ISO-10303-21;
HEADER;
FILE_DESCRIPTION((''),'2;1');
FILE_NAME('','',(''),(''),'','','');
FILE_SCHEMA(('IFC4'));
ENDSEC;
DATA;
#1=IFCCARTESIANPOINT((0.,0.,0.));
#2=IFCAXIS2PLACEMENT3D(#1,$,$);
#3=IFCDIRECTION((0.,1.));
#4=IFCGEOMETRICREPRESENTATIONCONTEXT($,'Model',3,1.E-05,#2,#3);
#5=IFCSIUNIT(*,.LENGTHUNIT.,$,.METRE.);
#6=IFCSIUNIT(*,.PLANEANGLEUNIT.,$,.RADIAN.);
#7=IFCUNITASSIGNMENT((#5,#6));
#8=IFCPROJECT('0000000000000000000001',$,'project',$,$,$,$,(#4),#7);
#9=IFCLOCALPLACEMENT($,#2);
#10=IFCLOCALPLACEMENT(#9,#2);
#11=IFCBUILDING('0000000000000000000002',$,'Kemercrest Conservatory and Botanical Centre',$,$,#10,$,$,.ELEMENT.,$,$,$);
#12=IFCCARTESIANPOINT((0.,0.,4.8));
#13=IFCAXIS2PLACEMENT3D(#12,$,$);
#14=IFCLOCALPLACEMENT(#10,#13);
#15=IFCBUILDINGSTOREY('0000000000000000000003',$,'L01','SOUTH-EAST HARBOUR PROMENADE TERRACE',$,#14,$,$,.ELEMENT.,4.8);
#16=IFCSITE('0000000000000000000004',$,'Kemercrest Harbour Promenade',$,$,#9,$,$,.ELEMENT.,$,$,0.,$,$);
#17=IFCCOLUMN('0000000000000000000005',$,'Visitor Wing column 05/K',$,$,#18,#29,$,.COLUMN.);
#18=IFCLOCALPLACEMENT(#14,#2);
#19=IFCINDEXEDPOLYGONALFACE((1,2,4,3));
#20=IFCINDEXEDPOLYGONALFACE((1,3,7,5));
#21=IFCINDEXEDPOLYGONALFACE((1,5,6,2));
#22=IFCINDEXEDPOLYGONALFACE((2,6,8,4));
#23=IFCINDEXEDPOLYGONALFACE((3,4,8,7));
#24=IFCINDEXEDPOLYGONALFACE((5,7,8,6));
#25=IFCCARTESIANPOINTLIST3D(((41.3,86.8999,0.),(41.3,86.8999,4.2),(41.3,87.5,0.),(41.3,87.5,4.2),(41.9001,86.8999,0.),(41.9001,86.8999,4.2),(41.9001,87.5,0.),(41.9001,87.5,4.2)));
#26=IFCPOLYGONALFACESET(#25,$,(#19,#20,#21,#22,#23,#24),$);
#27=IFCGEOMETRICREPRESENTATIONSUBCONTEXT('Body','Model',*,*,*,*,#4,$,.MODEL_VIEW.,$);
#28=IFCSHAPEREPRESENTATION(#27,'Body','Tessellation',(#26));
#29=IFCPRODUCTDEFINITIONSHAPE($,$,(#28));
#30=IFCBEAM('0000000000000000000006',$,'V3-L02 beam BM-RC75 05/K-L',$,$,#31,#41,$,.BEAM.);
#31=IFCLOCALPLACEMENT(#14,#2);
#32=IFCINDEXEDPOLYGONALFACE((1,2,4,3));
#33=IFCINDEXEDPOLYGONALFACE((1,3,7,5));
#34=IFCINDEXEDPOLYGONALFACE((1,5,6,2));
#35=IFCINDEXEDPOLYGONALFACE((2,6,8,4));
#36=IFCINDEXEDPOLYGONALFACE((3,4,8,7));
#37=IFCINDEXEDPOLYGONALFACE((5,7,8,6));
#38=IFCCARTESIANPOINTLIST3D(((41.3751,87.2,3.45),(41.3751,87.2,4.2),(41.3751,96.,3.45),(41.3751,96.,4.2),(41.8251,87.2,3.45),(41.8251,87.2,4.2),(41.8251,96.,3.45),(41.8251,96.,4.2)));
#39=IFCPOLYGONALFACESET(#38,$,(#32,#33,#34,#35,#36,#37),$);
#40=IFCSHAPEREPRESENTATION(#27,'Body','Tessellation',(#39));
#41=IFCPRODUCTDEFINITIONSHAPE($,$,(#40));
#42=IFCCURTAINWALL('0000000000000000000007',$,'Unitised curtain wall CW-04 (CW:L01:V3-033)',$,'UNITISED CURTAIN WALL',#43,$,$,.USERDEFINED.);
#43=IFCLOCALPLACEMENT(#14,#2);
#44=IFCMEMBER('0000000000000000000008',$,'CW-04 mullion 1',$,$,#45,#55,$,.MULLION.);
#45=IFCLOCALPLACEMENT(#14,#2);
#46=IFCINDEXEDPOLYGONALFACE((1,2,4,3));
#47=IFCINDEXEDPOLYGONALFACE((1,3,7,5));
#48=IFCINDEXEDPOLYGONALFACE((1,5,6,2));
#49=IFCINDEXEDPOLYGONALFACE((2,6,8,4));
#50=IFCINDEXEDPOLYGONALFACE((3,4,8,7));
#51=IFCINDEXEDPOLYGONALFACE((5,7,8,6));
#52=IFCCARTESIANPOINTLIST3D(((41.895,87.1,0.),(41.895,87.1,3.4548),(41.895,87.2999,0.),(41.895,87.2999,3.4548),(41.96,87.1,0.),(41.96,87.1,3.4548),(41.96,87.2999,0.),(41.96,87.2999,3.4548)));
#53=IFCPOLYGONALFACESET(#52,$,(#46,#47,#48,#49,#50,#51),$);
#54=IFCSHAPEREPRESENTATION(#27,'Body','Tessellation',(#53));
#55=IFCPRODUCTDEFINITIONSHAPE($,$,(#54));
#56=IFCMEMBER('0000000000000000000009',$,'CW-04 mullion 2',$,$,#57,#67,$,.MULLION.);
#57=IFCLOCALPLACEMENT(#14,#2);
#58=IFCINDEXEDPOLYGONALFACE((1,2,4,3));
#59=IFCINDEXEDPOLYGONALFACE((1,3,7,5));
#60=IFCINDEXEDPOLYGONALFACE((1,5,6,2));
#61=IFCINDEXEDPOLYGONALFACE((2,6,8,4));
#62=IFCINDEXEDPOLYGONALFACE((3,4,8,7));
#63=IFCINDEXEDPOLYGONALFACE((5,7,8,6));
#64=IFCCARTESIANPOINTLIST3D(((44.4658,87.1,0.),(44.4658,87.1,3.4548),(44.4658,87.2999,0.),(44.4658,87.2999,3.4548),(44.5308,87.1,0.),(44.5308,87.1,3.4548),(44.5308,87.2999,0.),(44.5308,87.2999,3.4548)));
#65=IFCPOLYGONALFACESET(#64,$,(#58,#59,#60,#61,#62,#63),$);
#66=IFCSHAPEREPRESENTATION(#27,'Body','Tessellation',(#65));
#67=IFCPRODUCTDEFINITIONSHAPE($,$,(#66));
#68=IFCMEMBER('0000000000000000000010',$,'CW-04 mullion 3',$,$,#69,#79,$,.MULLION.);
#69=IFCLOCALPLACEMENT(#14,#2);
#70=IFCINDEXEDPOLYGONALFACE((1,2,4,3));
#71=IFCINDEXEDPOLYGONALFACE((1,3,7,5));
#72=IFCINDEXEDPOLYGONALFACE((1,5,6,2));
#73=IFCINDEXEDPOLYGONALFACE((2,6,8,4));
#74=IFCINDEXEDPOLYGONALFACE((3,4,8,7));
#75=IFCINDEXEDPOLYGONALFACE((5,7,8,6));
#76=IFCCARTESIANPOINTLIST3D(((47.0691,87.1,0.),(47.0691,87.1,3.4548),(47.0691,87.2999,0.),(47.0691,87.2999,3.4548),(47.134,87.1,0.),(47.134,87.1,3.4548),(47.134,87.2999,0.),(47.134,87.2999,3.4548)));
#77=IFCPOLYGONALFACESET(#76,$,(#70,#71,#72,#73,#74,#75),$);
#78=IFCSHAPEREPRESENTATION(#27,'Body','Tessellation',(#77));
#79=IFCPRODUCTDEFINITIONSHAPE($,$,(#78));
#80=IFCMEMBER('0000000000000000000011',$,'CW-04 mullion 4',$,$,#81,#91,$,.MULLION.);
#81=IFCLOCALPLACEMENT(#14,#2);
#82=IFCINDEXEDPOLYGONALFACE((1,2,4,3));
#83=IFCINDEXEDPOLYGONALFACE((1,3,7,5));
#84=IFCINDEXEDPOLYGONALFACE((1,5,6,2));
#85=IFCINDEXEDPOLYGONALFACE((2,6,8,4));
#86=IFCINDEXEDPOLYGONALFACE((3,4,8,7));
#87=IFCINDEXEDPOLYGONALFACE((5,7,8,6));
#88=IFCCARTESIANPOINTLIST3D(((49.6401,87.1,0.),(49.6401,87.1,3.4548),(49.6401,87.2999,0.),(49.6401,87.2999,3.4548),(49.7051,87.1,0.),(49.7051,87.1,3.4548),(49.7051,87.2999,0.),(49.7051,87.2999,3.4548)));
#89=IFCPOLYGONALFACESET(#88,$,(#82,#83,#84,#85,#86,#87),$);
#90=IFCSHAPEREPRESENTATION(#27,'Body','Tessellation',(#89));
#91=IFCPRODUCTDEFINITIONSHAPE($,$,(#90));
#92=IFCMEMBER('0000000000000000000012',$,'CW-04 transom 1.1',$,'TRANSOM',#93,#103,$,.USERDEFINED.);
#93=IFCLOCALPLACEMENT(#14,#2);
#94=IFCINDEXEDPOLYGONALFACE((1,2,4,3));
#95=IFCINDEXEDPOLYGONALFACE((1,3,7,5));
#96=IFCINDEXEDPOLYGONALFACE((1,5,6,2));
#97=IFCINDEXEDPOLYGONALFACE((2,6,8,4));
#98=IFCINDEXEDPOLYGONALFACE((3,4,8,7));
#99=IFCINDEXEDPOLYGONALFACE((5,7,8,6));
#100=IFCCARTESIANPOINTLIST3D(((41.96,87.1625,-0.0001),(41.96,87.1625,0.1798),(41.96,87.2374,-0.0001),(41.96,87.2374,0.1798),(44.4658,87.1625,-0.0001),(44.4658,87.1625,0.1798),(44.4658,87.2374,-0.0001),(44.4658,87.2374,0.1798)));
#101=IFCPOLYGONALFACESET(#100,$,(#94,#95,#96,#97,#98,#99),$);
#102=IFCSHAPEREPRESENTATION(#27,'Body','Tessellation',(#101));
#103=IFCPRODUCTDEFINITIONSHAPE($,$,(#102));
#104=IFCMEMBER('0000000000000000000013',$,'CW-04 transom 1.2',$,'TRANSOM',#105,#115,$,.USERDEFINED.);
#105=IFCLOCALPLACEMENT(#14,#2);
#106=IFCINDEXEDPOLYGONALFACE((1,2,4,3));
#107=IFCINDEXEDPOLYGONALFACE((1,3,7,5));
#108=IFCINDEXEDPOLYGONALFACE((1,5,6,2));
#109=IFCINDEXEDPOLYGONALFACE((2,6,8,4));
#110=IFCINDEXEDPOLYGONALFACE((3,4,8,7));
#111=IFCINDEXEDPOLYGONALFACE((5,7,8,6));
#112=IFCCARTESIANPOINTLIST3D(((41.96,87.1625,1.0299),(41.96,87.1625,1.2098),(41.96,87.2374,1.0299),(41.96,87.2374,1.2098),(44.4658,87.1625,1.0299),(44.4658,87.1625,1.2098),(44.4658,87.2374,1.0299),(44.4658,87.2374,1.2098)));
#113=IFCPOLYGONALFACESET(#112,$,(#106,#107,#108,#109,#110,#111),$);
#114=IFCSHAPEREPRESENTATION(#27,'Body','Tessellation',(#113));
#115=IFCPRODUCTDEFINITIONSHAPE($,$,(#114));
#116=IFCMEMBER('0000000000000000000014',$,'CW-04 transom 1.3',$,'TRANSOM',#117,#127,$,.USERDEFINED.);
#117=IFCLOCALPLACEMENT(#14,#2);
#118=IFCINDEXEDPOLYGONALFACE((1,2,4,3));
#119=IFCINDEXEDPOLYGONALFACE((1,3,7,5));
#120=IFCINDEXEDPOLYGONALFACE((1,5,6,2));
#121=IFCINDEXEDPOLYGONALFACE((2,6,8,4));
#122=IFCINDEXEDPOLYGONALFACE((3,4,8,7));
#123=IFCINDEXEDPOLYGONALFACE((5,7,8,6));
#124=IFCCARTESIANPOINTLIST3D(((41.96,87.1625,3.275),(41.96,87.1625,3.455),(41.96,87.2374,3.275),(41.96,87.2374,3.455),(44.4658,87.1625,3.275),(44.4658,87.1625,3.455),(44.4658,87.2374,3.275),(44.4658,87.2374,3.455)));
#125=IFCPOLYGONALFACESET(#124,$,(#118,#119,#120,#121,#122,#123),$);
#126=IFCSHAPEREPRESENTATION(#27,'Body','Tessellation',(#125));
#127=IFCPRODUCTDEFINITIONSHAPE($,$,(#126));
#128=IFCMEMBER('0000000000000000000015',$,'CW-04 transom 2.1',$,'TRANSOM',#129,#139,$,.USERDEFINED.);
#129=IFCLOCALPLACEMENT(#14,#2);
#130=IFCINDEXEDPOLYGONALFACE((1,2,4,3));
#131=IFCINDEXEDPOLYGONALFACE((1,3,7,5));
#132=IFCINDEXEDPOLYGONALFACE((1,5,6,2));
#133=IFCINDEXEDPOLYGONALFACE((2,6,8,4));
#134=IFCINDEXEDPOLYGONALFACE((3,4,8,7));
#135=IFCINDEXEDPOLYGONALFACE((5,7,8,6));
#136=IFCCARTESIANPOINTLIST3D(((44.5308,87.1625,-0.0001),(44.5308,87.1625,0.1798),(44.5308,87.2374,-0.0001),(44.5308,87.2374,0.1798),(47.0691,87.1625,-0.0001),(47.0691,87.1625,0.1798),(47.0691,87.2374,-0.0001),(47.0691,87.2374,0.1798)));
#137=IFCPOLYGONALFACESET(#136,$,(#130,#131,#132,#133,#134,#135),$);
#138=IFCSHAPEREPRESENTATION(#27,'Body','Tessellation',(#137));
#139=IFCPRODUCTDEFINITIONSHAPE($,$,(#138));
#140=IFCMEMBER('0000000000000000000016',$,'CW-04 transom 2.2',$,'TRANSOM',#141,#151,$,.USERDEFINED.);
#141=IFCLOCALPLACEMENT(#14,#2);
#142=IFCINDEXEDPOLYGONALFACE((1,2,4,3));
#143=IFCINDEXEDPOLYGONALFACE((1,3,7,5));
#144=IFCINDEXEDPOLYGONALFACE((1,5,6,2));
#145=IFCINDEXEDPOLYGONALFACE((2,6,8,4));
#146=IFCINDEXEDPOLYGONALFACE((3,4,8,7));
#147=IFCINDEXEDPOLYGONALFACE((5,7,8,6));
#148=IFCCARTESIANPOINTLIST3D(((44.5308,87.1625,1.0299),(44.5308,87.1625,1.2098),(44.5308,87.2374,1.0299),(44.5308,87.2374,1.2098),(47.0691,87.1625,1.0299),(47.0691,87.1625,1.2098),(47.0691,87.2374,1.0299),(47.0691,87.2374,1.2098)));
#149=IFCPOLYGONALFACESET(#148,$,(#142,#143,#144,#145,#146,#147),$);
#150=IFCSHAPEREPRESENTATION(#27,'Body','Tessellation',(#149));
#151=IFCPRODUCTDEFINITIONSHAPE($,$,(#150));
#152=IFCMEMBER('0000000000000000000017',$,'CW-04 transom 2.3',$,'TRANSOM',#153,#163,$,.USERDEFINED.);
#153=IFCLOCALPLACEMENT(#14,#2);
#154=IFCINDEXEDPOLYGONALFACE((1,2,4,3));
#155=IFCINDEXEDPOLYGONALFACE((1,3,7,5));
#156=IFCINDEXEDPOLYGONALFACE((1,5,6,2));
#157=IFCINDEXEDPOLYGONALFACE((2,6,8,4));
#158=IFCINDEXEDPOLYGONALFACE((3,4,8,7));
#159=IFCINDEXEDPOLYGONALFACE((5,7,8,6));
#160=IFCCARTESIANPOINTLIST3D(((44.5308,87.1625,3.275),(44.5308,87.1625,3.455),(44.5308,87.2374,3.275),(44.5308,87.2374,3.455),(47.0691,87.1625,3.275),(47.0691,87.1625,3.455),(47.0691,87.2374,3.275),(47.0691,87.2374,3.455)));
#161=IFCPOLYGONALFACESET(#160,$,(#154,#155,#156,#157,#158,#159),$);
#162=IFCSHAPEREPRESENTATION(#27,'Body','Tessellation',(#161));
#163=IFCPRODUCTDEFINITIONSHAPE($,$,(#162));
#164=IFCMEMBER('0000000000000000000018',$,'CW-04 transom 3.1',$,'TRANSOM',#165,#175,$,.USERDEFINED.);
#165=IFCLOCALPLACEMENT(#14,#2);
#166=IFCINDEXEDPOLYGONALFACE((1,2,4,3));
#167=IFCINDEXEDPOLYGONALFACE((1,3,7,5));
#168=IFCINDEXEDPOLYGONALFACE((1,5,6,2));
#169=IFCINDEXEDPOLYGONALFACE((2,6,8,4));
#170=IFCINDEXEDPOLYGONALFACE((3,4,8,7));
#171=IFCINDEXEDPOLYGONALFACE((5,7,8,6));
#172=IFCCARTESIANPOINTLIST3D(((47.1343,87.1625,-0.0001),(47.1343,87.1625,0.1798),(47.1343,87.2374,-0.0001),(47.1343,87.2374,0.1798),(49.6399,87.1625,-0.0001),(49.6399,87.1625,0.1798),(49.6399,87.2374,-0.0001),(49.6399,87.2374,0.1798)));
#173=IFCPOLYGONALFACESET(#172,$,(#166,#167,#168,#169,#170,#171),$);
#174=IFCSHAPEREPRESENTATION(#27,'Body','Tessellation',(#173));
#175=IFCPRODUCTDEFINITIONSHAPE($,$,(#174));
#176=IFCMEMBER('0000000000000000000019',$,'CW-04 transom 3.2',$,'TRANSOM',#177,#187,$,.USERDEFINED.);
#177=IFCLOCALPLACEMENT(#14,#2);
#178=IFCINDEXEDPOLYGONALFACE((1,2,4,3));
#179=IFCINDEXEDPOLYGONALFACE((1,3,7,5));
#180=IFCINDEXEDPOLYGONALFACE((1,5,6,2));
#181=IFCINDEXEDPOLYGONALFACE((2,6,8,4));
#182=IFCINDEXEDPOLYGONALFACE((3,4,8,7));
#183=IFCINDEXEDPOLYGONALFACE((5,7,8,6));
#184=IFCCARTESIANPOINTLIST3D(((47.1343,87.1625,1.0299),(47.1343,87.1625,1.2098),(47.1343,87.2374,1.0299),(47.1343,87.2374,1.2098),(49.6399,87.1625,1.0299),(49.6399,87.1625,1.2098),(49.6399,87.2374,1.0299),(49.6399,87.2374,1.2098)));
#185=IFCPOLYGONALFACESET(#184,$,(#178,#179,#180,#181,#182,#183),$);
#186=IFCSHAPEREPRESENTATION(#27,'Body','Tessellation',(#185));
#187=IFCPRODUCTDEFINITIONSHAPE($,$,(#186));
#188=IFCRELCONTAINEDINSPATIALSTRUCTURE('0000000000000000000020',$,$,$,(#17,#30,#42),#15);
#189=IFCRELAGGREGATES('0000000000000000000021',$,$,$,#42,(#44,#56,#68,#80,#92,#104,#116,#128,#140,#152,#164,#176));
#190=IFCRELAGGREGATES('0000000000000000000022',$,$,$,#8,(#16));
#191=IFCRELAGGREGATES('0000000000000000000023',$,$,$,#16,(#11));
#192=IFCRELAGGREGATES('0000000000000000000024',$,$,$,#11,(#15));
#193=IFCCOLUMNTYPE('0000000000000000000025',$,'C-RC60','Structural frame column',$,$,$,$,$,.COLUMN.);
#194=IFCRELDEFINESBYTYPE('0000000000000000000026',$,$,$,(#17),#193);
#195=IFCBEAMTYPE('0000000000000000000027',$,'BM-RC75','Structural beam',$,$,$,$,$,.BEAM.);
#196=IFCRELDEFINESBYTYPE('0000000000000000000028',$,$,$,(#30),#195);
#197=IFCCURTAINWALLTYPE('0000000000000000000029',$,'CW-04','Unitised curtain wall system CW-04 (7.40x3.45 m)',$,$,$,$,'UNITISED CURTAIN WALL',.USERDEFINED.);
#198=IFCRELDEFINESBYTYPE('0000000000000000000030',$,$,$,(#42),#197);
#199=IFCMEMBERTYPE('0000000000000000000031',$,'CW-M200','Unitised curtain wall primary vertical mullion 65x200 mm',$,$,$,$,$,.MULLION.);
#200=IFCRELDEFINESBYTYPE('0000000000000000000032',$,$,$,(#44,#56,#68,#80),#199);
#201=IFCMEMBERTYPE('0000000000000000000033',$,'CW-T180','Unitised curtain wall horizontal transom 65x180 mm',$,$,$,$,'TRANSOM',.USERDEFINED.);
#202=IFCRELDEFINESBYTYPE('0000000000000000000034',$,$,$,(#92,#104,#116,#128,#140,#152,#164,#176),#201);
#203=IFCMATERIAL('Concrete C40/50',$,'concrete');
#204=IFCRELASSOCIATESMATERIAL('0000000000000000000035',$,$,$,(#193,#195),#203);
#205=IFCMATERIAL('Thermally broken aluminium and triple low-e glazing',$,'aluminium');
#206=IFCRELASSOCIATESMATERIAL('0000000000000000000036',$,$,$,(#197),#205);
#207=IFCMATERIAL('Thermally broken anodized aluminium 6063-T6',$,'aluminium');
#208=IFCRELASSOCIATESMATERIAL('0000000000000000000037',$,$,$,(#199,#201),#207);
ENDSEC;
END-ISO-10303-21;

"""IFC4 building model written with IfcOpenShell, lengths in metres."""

from ifc_helpers import new_model, si_unit, direction, frame, origin, origin_2d, place, context, subcontext, project, spatial, rectangle, extrude, material, material_profile, profile_set, type_object, element, aggregate, save


model = new_model("IFC4")

# Units and contexts
model_context = context("Model", 3, precision=1e-05, world=origin(), true_north=direction((0.0, 1.0)))
body_context = subcontext(model_context, "Body", "Model", "MODEL_VIEW")
ifc_project = project(units=[si_unit("LENGTHUNIT", "METRE"), si_unit("PLANEANGLEUNIT", "RADIAN")], contexts=[model_context])

# Site, building, storey
site_placement = place(None, origin())
site = spatial("IfcSite", under=ifc_project, at=site_placement, Name="Kemercrest Harbour Promenade", CompositionType="ELEMENT", RefElevation=0.0)
building_placement = place(site_placement, origin())
building = spatial("IfcBuilding", under=site, at=building_placement, Name="Kemercrest Conservatory and Botanical Centre", CompositionType="ELEMENT")
storey_placement = place(building_placement, frame((0.0, 0.0, 4.8)))
storey = spatial("IfcBuildingStorey", under=building, at=storey_placement, Name="L01", Description="SOUTH-EAST HARBOUR PROMENADE TERRACE", CompositionType="ELEMENT", Elevation=4.8)

# Column
ifc_material_1 = material(Name="Concrete C40/50", Category="concrete")
ifc_material_profile_1 = material_profile(ifc_material_1, rectangle(XDim=0.6001, YDim=0.6001, at=origin_2d()), Name="RC 600x600")
ifc_profile_set_1 = profile_set([ifc_material_profile_1], Name="Concrete C40/50")
column_type = type_object("IfcColumnType", Name="C-RC60", Description="Structural frame column", PredefinedType="COLUMN", material=ifc_profile_set_1)
column_placement = place(storey_placement, frame((41.6001, 87.2, 0.0), z_axis=(0.0, 0.0, 1.0), x_axis=(1.0, 0.0, 0.0)))
element("IfcColumn", 1, at=column_placement, inside=storey, type_object=column_type, Name="Visitor Wing column 05/K", PredefinedType="COLUMN", context=body_context, shape_type="SweptSolid", body=[
    extrude(rectangle(XDim=0.6001, YDim=0.6001, at=origin_2d()), origin(), (0.0, 0.0, 1.0), 4.2),
])

# Beam
ifc_material_profile_2 = material_profile(ifc_material_1, rectangle(XDim=0.45, YDim=0.75, at=origin_2d()), Name="RC 450x750")
ifc_profile_set_2 = profile_set([ifc_material_profile_2], Name="Concrete C40/50")
beam_type_1 = type_object("IfcBeamType", Name="BM-RC75", Description="Structural beam", PredefinedType="BEAM", material=ifc_profile_set_2)
beam_1_placement = place(storey_placement, frame((41.6001, 87.2, 3.825), z_axis=(0.0, 1.0, 0.0), x_axis=(-1.0, 0.0, 0.0)))
element("IfcBeam", 2, at=beam_1_placement, inside=storey, type_object=beam_type_1, Name="V3-L02 beam BM-RC75 05/K-L", PredefinedType="BEAM", context=body_context, shape_type="SweptSolid", body=[
    extrude(rectangle(XDim=0.45, YDim=0.75, at=origin_2d()), origin(), (0.0, 0.0, 1.0), 8.8),
])

# Curtain wall, members
ifc_material_2 = material(Name="Thermally broken aluminium and triple low-e glazing", Category="aluminium")
curtain_wall_type = type_object("IfcCurtainWallType", Name="CW-04", Description="Unitised curtain wall system CW-04 (7.40x3.45 m)", ElementType="UNITISED CURTAIN WALL", PredefinedType="USERDEFINED", material=ifc_material_2)
curtain_wall_placement = place(storey_placement, origin())
curtain_wall = element("IfcCurtainWall", 3, at=curtain_wall_placement, inside=storey, type_object=curtain_wall_type, Name="Unitised curtain wall CW-04 (CW:L01:V3-033)", ObjectType="UNITISED CURTAIN WALL", PredefinedType="USERDEFINED")
ifc_material_3 = material(Name="Thermally broken anodized aluminium 6063-T6", Category="aluminium")
ifc_material_profile_3 = material_profile(ifc_material_3, rectangle(XDim=0.2, YDim=0.0649, at=origin_2d()), Name="AL MULLION 65x200")
ifc_profile_set_3 = profile_set([ifc_material_profile_3], Name="Thermally broken anodized aluminium 6063-T6")
member_type_1 = type_object("IfcMemberType", Name="CW-M200", Description="Unitised curtain wall primary vertical mullion 65x200 mm", PredefinedType="MULLION", material=ifc_profile_set_3)
member_1_placement = place(storey_placement, frame((41.9275, 87.2, 0.0), z_axis=(0.0, 0.0, 1.0), x_axis=(0.0, 1.0, 0.0)))
member_1 = element("IfcMember", 4, at=member_1_placement, type_object=member_type_1, Name="CW-04 mullion 1", PredefinedType="MULLION", context=body_context, shape_type="SweptSolid", body=[
    extrude(rectangle(XDim=0.2, YDim=0.0649, at=origin_2d()), origin(), (0.0, 0.0, 1.0), 3.4548),
])
member_2_placement = place(storey_placement, frame((44.4983, 87.2, 0.0), z_axis=(0.0, 0.0, 1.0), x_axis=(0.0, 1.0, 0.0)))
member_2 = element("IfcMember", 5, at=member_2_placement, type_object=member_type_1, Name="CW-04 mullion 2", PredefinedType="MULLION", context=body_context, shape_type="SweptSolid", body=[
    extrude(rectangle(XDim=0.2, YDim=0.0649, at=origin_2d()), origin(), (0.0, 0.0, 1.0), 3.4548),
])
member_3_placement = place(storey_placement, frame((47.1016, 87.2, 0.0), z_axis=(0.0, 0.0, 1.0), x_axis=(0.0, 1.0, 0.0)))
member_3 = element("IfcMember", 6, at=member_3_placement, type_object=member_type_1, Name="CW-04 mullion 3", PredefinedType="MULLION", context=body_context, shape_type="SweptSolid", body=[
    extrude(rectangle(XDim=0.2, YDim=0.0649, at=origin_2d()), origin(), (0.0, 0.0, 1.0), 3.4548),
])
member_4_placement = place(storey_placement, frame((49.6726, 87.2, 0.0), z_axis=(0.0, 0.0, 1.0), x_axis=(0.0, 1.0, 0.0)))
member_4 = element("IfcMember", 7, at=member_4_placement, type_object=member_type_1, Name="CW-04 mullion 4", PredefinedType="MULLION", context=body_context, shape_type="SweptSolid", body=[
    extrude(rectangle(XDim=0.2, YDim=0.0649, at=origin_2d()), origin(), (0.0, 0.0, 1.0), 3.4548),
])
ifc_material_profile_4 = material_profile(ifc_material_3, rectangle(XDim=0.075, YDim=0.1799, at=origin_2d()), Name="AL TRANSOM 75x180")
ifc_profile_set_4 = profile_set([ifc_material_profile_4], Name="Thermally broken anodized aluminium 6063-T6")
member_type_2 = type_object("IfcMemberType", Name="CW-T180", Description="Unitised curtain wall horizontal transom 65x180 mm", ElementType="TRANSOM", PredefinedType="USERDEFINED", material=ifc_profile_set_4)
member_5_placement = place(storey_placement, frame((41.96, 87.2, 0.0898), z_axis=(1.0, 0.0, 0.0), x_axis=(0.0, 1.0, 0.0)))
member_5 = element("IfcMember", 8, at=member_5_placement, type_object=member_type_2, Name="CW-04 transom 1.1", ObjectType="TRANSOM", PredefinedType="USERDEFINED", context=body_context, shape_type="SweptSolid", body=[
    extrude(rectangle(XDim=0.075, YDim=0.1799, at=origin_2d()), origin(), (0.0, 0.0, 1.0), 2.5059),
])
member_6_placement = place(storey_placement, frame((41.96, 87.2, 1.1199), z_axis=(1.0, 0.0, 0.0), x_axis=(0.0, 1.0, 0.0)))
member_6 = element("IfcMember", 9, at=member_6_placement, type_object=member_type_2, Name="CW-04 transom 1.2", ObjectType="TRANSOM", PredefinedType="USERDEFINED", context=body_context, shape_type="SweptSolid", body=[
    extrude(rectangle(XDim=0.075, YDim=0.1799, at=origin_2d()), origin(), (0.0, 0.0, 1.0), 2.5059),
])
member_7_placement = place(storey_placement, frame((41.96, 87.2, 3.365), z_axis=(1.0, 0.0, 0.0), x_axis=(0.0, 1.0, 0.0)))
member_7 = element("IfcMember", 10, at=member_7_placement, type_object=member_type_2, Name="CW-04 transom 1.3", ObjectType="TRANSOM", PredefinedType="USERDEFINED", context=body_context, shape_type="SweptSolid", body=[
    extrude(rectangle(XDim=0.075, YDim=0.1799, at=origin_2d()), origin(), (0.0, 0.0, 1.0), 2.5059),
])
member_8_placement = place(storey_placement, frame((44.5308, 87.2, 0.0898), z_axis=(1.0, 0.0, 0.0), x_axis=(0.0, 1.0, 0.0)))
member_8 = element("IfcMember", 11, at=member_8_placement, type_object=member_type_2, Name="CW-04 transom 2.1", ObjectType="TRANSOM", PredefinedType="USERDEFINED", context=body_context, shape_type="SweptSolid", body=[
    extrude(rectangle(XDim=0.075, YDim=0.1799, at=origin_2d()), origin(), (0.0, 0.0, 1.0), 2.5383),
])
member_9_placement = place(storey_placement, frame((44.5308, 87.2, 1.1199), z_axis=(1.0, 0.0, 0.0), x_axis=(0.0, 1.0, 0.0)))
member_9 = element("IfcMember", 12, at=member_9_placement, type_object=member_type_2, Name="CW-04 transom 2.2", ObjectType="TRANSOM", PredefinedType="USERDEFINED", context=body_context, shape_type="SweptSolid", body=[
    extrude(rectangle(XDim=0.075, YDim=0.1799, at=origin_2d()), origin(), (0.0, 0.0, 1.0), 2.5383),
])
member_10_placement = place(storey_placement, frame((44.5308, 87.2, 3.365), z_axis=(1.0, 0.0, 0.0), x_axis=(0.0, 1.0, 0.0)))
member_10 = element("IfcMember", 13, at=member_10_placement, type_object=member_type_2, Name="CW-04 transom 2.3", ObjectType="TRANSOM", PredefinedType="USERDEFINED", context=body_context, shape_type="SweptSolid", body=[
    extrude(rectangle(XDim=0.075, YDim=0.1799, at=origin_2d()), origin(), (0.0, 0.0, 1.0), 2.5383),
])
member_11_placement = place(storey_placement, frame((47.1343, 87.2, 0.0898), z_axis=(1.0, 0.0, 0.0), x_axis=(0.0, 1.0, 0.0)))
member_11 = element("IfcMember", 14, at=member_11_placement, type_object=member_type_2, Name="CW-04 transom 3.1", ObjectType="TRANSOM", PredefinedType="USERDEFINED", context=body_context, shape_type="SweptSolid", body=[
    extrude(rectangle(XDim=0.075, YDim=0.1799, at=origin_2d()), origin(), (0.0, 0.0, 1.0), 2.5056),
])
member_12_placement = place(storey_placement, frame((47.1343, 87.2, 1.1199), z_axis=(1.0, 0.0, 0.0), x_axis=(0.0, 1.0, 0.0)))
member_12 = element("IfcMember", 15, at=member_12_placement, type_object=member_type_2, Name="CW-04 transom 3.2", ObjectType="TRANSOM", PredefinedType="USERDEFINED", context=body_context, shape_type="SweptSolid", body=[
    extrude(rectangle(XDim=0.075, YDim=0.1799, at=origin_2d()), origin(), (0.0, 0.0, 1.0), 2.5056),
])

aggregate(curtain_wall, [member_1, member_2, member_3, member_4, member_5, member_6, member_7, member_8, member_9, member_10, member_11, member_12])

save(model, "model.ifc")
